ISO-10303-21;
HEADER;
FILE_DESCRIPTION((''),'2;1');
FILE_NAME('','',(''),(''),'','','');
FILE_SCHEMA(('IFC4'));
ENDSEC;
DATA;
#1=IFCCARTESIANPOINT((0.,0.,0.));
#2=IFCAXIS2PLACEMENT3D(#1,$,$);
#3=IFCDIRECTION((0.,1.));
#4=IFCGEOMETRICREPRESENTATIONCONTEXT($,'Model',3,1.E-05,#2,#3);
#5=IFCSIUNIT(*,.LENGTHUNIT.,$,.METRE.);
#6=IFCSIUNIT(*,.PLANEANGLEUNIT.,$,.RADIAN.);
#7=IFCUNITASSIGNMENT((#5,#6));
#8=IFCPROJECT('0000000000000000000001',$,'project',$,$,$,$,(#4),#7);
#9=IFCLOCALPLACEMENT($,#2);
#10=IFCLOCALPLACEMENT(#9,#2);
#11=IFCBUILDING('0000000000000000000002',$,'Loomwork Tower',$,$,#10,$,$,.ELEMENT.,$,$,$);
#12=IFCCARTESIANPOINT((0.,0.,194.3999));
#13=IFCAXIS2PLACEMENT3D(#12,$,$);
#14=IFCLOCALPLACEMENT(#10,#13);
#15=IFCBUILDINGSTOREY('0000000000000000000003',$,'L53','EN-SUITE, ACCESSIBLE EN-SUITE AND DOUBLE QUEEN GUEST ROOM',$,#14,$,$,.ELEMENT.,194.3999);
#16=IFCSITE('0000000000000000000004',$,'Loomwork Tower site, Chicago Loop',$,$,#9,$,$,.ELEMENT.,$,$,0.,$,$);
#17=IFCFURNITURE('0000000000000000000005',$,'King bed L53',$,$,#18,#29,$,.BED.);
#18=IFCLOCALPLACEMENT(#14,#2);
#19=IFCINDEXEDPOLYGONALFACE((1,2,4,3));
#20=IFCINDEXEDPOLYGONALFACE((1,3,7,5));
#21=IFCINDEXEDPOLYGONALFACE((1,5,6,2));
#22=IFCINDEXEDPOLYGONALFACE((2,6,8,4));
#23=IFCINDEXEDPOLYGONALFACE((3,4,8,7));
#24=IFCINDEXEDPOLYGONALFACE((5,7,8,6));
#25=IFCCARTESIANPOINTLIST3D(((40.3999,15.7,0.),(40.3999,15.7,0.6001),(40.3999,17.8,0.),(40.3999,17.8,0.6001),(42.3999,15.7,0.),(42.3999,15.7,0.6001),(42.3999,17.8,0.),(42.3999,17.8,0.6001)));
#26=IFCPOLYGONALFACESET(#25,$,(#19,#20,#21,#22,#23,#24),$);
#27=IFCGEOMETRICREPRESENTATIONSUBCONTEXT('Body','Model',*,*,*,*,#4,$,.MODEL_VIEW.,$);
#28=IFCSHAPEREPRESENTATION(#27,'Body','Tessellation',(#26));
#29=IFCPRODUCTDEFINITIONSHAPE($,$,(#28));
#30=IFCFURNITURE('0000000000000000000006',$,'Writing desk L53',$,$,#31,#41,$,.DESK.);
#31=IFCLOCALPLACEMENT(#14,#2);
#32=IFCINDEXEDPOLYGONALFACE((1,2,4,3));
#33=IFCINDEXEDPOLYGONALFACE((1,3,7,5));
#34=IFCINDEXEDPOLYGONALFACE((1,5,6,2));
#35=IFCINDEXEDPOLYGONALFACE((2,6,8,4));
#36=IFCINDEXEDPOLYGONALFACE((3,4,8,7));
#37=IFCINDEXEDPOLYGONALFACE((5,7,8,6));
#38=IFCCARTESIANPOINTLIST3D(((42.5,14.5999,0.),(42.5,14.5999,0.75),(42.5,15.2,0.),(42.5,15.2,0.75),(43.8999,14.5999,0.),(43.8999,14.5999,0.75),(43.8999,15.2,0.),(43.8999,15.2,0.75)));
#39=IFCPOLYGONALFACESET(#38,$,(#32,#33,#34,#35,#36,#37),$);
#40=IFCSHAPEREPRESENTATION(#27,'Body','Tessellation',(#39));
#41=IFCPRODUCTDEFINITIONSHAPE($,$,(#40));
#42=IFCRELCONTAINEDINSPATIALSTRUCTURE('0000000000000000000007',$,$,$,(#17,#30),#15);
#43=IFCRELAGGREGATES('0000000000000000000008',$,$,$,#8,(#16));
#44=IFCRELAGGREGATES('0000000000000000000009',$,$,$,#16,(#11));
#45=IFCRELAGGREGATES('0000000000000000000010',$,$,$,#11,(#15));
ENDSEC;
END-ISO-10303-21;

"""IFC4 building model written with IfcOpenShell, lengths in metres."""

from ifc_helpers import new_model, si_unit, direction, frame, origin, origin_2d, place, context, subcontext, project, spatial, rectangle, extrude, element, save


model = new_model("IFC4")

# Units and contexts
model_context = context("Model", 3, precision=1e-05, world=origin(), true_north=direction((0.0, 1.0)))
body_context = subcontext(model_context, "Body", "Model", "MODEL_VIEW")
ifc_project = project(units=[si_unit("LENGTHUNIT", "METRE"), si_unit("PLANEANGLEUNIT", "RADIAN")], contexts=[model_context])

# Site, building, storey
site_placement = place(None, origin())
site = spatial("IfcSite", under=ifc_project, at=site_placement, Name="Loomwork Tower site, Chicago Loop", CompositionType="ELEMENT", RefElevation=0.0)
building_placement = place(site_placement, origin())
building = spatial("IfcBuilding", under=site, at=building_placement, Name="Loomwork Tower", CompositionType="ELEMENT")
storey_placement = place(building_placement, frame((0.0, 0.0, 194.3999)))
storey = spatial("IfcBuildingStorey", under=building, at=storey_placement, Name="L53", Description="EN-SUITE, ACCESSIBLE EN-SUITE AND DOUBLE QUEEN GUEST ROOM", CompositionType="ELEMENT", Elevation=194.3999)

# Furniture
furniture_1_placement = place(storey_placement, frame((41.3999, 16.75, 0.0), z_axis=(0.0, 0.0, 1.0), x_axis=(1.0, 0.0, 0.0)))
element("IfcFurniture", 1, at=furniture_1_placement, inside=storey, Name="King bed L53", PredefinedType="BED", context=body_context, shape_type="SweptSolid", body=[
    extrude(rectangle(XDim=2.0, YDim=2.1001, at=origin_2d()), origin(), (0.0, 0.0, 1.0), 0.6001),
])
furniture_2_placement = place(storey_placement, frame((43.2, 14.8999, 0.0), z_axis=(0.0, 0.0, 1.0), x_axis=(1.0, 0.0, 0.0)))
element("IfcFurniture", 2, at=furniture_2_placement, inside=storey, Name="Writing desk L53", PredefinedType="DESK", context=body_context, shape_type="SweptSolid", body=[
    extrude(rectangle(XDim=1.3999, YDim=0.6001, at=origin_2d()), origin(), (0.0, 0.0, 1.0), 0.75),
])

save(model, "model.ifc")
